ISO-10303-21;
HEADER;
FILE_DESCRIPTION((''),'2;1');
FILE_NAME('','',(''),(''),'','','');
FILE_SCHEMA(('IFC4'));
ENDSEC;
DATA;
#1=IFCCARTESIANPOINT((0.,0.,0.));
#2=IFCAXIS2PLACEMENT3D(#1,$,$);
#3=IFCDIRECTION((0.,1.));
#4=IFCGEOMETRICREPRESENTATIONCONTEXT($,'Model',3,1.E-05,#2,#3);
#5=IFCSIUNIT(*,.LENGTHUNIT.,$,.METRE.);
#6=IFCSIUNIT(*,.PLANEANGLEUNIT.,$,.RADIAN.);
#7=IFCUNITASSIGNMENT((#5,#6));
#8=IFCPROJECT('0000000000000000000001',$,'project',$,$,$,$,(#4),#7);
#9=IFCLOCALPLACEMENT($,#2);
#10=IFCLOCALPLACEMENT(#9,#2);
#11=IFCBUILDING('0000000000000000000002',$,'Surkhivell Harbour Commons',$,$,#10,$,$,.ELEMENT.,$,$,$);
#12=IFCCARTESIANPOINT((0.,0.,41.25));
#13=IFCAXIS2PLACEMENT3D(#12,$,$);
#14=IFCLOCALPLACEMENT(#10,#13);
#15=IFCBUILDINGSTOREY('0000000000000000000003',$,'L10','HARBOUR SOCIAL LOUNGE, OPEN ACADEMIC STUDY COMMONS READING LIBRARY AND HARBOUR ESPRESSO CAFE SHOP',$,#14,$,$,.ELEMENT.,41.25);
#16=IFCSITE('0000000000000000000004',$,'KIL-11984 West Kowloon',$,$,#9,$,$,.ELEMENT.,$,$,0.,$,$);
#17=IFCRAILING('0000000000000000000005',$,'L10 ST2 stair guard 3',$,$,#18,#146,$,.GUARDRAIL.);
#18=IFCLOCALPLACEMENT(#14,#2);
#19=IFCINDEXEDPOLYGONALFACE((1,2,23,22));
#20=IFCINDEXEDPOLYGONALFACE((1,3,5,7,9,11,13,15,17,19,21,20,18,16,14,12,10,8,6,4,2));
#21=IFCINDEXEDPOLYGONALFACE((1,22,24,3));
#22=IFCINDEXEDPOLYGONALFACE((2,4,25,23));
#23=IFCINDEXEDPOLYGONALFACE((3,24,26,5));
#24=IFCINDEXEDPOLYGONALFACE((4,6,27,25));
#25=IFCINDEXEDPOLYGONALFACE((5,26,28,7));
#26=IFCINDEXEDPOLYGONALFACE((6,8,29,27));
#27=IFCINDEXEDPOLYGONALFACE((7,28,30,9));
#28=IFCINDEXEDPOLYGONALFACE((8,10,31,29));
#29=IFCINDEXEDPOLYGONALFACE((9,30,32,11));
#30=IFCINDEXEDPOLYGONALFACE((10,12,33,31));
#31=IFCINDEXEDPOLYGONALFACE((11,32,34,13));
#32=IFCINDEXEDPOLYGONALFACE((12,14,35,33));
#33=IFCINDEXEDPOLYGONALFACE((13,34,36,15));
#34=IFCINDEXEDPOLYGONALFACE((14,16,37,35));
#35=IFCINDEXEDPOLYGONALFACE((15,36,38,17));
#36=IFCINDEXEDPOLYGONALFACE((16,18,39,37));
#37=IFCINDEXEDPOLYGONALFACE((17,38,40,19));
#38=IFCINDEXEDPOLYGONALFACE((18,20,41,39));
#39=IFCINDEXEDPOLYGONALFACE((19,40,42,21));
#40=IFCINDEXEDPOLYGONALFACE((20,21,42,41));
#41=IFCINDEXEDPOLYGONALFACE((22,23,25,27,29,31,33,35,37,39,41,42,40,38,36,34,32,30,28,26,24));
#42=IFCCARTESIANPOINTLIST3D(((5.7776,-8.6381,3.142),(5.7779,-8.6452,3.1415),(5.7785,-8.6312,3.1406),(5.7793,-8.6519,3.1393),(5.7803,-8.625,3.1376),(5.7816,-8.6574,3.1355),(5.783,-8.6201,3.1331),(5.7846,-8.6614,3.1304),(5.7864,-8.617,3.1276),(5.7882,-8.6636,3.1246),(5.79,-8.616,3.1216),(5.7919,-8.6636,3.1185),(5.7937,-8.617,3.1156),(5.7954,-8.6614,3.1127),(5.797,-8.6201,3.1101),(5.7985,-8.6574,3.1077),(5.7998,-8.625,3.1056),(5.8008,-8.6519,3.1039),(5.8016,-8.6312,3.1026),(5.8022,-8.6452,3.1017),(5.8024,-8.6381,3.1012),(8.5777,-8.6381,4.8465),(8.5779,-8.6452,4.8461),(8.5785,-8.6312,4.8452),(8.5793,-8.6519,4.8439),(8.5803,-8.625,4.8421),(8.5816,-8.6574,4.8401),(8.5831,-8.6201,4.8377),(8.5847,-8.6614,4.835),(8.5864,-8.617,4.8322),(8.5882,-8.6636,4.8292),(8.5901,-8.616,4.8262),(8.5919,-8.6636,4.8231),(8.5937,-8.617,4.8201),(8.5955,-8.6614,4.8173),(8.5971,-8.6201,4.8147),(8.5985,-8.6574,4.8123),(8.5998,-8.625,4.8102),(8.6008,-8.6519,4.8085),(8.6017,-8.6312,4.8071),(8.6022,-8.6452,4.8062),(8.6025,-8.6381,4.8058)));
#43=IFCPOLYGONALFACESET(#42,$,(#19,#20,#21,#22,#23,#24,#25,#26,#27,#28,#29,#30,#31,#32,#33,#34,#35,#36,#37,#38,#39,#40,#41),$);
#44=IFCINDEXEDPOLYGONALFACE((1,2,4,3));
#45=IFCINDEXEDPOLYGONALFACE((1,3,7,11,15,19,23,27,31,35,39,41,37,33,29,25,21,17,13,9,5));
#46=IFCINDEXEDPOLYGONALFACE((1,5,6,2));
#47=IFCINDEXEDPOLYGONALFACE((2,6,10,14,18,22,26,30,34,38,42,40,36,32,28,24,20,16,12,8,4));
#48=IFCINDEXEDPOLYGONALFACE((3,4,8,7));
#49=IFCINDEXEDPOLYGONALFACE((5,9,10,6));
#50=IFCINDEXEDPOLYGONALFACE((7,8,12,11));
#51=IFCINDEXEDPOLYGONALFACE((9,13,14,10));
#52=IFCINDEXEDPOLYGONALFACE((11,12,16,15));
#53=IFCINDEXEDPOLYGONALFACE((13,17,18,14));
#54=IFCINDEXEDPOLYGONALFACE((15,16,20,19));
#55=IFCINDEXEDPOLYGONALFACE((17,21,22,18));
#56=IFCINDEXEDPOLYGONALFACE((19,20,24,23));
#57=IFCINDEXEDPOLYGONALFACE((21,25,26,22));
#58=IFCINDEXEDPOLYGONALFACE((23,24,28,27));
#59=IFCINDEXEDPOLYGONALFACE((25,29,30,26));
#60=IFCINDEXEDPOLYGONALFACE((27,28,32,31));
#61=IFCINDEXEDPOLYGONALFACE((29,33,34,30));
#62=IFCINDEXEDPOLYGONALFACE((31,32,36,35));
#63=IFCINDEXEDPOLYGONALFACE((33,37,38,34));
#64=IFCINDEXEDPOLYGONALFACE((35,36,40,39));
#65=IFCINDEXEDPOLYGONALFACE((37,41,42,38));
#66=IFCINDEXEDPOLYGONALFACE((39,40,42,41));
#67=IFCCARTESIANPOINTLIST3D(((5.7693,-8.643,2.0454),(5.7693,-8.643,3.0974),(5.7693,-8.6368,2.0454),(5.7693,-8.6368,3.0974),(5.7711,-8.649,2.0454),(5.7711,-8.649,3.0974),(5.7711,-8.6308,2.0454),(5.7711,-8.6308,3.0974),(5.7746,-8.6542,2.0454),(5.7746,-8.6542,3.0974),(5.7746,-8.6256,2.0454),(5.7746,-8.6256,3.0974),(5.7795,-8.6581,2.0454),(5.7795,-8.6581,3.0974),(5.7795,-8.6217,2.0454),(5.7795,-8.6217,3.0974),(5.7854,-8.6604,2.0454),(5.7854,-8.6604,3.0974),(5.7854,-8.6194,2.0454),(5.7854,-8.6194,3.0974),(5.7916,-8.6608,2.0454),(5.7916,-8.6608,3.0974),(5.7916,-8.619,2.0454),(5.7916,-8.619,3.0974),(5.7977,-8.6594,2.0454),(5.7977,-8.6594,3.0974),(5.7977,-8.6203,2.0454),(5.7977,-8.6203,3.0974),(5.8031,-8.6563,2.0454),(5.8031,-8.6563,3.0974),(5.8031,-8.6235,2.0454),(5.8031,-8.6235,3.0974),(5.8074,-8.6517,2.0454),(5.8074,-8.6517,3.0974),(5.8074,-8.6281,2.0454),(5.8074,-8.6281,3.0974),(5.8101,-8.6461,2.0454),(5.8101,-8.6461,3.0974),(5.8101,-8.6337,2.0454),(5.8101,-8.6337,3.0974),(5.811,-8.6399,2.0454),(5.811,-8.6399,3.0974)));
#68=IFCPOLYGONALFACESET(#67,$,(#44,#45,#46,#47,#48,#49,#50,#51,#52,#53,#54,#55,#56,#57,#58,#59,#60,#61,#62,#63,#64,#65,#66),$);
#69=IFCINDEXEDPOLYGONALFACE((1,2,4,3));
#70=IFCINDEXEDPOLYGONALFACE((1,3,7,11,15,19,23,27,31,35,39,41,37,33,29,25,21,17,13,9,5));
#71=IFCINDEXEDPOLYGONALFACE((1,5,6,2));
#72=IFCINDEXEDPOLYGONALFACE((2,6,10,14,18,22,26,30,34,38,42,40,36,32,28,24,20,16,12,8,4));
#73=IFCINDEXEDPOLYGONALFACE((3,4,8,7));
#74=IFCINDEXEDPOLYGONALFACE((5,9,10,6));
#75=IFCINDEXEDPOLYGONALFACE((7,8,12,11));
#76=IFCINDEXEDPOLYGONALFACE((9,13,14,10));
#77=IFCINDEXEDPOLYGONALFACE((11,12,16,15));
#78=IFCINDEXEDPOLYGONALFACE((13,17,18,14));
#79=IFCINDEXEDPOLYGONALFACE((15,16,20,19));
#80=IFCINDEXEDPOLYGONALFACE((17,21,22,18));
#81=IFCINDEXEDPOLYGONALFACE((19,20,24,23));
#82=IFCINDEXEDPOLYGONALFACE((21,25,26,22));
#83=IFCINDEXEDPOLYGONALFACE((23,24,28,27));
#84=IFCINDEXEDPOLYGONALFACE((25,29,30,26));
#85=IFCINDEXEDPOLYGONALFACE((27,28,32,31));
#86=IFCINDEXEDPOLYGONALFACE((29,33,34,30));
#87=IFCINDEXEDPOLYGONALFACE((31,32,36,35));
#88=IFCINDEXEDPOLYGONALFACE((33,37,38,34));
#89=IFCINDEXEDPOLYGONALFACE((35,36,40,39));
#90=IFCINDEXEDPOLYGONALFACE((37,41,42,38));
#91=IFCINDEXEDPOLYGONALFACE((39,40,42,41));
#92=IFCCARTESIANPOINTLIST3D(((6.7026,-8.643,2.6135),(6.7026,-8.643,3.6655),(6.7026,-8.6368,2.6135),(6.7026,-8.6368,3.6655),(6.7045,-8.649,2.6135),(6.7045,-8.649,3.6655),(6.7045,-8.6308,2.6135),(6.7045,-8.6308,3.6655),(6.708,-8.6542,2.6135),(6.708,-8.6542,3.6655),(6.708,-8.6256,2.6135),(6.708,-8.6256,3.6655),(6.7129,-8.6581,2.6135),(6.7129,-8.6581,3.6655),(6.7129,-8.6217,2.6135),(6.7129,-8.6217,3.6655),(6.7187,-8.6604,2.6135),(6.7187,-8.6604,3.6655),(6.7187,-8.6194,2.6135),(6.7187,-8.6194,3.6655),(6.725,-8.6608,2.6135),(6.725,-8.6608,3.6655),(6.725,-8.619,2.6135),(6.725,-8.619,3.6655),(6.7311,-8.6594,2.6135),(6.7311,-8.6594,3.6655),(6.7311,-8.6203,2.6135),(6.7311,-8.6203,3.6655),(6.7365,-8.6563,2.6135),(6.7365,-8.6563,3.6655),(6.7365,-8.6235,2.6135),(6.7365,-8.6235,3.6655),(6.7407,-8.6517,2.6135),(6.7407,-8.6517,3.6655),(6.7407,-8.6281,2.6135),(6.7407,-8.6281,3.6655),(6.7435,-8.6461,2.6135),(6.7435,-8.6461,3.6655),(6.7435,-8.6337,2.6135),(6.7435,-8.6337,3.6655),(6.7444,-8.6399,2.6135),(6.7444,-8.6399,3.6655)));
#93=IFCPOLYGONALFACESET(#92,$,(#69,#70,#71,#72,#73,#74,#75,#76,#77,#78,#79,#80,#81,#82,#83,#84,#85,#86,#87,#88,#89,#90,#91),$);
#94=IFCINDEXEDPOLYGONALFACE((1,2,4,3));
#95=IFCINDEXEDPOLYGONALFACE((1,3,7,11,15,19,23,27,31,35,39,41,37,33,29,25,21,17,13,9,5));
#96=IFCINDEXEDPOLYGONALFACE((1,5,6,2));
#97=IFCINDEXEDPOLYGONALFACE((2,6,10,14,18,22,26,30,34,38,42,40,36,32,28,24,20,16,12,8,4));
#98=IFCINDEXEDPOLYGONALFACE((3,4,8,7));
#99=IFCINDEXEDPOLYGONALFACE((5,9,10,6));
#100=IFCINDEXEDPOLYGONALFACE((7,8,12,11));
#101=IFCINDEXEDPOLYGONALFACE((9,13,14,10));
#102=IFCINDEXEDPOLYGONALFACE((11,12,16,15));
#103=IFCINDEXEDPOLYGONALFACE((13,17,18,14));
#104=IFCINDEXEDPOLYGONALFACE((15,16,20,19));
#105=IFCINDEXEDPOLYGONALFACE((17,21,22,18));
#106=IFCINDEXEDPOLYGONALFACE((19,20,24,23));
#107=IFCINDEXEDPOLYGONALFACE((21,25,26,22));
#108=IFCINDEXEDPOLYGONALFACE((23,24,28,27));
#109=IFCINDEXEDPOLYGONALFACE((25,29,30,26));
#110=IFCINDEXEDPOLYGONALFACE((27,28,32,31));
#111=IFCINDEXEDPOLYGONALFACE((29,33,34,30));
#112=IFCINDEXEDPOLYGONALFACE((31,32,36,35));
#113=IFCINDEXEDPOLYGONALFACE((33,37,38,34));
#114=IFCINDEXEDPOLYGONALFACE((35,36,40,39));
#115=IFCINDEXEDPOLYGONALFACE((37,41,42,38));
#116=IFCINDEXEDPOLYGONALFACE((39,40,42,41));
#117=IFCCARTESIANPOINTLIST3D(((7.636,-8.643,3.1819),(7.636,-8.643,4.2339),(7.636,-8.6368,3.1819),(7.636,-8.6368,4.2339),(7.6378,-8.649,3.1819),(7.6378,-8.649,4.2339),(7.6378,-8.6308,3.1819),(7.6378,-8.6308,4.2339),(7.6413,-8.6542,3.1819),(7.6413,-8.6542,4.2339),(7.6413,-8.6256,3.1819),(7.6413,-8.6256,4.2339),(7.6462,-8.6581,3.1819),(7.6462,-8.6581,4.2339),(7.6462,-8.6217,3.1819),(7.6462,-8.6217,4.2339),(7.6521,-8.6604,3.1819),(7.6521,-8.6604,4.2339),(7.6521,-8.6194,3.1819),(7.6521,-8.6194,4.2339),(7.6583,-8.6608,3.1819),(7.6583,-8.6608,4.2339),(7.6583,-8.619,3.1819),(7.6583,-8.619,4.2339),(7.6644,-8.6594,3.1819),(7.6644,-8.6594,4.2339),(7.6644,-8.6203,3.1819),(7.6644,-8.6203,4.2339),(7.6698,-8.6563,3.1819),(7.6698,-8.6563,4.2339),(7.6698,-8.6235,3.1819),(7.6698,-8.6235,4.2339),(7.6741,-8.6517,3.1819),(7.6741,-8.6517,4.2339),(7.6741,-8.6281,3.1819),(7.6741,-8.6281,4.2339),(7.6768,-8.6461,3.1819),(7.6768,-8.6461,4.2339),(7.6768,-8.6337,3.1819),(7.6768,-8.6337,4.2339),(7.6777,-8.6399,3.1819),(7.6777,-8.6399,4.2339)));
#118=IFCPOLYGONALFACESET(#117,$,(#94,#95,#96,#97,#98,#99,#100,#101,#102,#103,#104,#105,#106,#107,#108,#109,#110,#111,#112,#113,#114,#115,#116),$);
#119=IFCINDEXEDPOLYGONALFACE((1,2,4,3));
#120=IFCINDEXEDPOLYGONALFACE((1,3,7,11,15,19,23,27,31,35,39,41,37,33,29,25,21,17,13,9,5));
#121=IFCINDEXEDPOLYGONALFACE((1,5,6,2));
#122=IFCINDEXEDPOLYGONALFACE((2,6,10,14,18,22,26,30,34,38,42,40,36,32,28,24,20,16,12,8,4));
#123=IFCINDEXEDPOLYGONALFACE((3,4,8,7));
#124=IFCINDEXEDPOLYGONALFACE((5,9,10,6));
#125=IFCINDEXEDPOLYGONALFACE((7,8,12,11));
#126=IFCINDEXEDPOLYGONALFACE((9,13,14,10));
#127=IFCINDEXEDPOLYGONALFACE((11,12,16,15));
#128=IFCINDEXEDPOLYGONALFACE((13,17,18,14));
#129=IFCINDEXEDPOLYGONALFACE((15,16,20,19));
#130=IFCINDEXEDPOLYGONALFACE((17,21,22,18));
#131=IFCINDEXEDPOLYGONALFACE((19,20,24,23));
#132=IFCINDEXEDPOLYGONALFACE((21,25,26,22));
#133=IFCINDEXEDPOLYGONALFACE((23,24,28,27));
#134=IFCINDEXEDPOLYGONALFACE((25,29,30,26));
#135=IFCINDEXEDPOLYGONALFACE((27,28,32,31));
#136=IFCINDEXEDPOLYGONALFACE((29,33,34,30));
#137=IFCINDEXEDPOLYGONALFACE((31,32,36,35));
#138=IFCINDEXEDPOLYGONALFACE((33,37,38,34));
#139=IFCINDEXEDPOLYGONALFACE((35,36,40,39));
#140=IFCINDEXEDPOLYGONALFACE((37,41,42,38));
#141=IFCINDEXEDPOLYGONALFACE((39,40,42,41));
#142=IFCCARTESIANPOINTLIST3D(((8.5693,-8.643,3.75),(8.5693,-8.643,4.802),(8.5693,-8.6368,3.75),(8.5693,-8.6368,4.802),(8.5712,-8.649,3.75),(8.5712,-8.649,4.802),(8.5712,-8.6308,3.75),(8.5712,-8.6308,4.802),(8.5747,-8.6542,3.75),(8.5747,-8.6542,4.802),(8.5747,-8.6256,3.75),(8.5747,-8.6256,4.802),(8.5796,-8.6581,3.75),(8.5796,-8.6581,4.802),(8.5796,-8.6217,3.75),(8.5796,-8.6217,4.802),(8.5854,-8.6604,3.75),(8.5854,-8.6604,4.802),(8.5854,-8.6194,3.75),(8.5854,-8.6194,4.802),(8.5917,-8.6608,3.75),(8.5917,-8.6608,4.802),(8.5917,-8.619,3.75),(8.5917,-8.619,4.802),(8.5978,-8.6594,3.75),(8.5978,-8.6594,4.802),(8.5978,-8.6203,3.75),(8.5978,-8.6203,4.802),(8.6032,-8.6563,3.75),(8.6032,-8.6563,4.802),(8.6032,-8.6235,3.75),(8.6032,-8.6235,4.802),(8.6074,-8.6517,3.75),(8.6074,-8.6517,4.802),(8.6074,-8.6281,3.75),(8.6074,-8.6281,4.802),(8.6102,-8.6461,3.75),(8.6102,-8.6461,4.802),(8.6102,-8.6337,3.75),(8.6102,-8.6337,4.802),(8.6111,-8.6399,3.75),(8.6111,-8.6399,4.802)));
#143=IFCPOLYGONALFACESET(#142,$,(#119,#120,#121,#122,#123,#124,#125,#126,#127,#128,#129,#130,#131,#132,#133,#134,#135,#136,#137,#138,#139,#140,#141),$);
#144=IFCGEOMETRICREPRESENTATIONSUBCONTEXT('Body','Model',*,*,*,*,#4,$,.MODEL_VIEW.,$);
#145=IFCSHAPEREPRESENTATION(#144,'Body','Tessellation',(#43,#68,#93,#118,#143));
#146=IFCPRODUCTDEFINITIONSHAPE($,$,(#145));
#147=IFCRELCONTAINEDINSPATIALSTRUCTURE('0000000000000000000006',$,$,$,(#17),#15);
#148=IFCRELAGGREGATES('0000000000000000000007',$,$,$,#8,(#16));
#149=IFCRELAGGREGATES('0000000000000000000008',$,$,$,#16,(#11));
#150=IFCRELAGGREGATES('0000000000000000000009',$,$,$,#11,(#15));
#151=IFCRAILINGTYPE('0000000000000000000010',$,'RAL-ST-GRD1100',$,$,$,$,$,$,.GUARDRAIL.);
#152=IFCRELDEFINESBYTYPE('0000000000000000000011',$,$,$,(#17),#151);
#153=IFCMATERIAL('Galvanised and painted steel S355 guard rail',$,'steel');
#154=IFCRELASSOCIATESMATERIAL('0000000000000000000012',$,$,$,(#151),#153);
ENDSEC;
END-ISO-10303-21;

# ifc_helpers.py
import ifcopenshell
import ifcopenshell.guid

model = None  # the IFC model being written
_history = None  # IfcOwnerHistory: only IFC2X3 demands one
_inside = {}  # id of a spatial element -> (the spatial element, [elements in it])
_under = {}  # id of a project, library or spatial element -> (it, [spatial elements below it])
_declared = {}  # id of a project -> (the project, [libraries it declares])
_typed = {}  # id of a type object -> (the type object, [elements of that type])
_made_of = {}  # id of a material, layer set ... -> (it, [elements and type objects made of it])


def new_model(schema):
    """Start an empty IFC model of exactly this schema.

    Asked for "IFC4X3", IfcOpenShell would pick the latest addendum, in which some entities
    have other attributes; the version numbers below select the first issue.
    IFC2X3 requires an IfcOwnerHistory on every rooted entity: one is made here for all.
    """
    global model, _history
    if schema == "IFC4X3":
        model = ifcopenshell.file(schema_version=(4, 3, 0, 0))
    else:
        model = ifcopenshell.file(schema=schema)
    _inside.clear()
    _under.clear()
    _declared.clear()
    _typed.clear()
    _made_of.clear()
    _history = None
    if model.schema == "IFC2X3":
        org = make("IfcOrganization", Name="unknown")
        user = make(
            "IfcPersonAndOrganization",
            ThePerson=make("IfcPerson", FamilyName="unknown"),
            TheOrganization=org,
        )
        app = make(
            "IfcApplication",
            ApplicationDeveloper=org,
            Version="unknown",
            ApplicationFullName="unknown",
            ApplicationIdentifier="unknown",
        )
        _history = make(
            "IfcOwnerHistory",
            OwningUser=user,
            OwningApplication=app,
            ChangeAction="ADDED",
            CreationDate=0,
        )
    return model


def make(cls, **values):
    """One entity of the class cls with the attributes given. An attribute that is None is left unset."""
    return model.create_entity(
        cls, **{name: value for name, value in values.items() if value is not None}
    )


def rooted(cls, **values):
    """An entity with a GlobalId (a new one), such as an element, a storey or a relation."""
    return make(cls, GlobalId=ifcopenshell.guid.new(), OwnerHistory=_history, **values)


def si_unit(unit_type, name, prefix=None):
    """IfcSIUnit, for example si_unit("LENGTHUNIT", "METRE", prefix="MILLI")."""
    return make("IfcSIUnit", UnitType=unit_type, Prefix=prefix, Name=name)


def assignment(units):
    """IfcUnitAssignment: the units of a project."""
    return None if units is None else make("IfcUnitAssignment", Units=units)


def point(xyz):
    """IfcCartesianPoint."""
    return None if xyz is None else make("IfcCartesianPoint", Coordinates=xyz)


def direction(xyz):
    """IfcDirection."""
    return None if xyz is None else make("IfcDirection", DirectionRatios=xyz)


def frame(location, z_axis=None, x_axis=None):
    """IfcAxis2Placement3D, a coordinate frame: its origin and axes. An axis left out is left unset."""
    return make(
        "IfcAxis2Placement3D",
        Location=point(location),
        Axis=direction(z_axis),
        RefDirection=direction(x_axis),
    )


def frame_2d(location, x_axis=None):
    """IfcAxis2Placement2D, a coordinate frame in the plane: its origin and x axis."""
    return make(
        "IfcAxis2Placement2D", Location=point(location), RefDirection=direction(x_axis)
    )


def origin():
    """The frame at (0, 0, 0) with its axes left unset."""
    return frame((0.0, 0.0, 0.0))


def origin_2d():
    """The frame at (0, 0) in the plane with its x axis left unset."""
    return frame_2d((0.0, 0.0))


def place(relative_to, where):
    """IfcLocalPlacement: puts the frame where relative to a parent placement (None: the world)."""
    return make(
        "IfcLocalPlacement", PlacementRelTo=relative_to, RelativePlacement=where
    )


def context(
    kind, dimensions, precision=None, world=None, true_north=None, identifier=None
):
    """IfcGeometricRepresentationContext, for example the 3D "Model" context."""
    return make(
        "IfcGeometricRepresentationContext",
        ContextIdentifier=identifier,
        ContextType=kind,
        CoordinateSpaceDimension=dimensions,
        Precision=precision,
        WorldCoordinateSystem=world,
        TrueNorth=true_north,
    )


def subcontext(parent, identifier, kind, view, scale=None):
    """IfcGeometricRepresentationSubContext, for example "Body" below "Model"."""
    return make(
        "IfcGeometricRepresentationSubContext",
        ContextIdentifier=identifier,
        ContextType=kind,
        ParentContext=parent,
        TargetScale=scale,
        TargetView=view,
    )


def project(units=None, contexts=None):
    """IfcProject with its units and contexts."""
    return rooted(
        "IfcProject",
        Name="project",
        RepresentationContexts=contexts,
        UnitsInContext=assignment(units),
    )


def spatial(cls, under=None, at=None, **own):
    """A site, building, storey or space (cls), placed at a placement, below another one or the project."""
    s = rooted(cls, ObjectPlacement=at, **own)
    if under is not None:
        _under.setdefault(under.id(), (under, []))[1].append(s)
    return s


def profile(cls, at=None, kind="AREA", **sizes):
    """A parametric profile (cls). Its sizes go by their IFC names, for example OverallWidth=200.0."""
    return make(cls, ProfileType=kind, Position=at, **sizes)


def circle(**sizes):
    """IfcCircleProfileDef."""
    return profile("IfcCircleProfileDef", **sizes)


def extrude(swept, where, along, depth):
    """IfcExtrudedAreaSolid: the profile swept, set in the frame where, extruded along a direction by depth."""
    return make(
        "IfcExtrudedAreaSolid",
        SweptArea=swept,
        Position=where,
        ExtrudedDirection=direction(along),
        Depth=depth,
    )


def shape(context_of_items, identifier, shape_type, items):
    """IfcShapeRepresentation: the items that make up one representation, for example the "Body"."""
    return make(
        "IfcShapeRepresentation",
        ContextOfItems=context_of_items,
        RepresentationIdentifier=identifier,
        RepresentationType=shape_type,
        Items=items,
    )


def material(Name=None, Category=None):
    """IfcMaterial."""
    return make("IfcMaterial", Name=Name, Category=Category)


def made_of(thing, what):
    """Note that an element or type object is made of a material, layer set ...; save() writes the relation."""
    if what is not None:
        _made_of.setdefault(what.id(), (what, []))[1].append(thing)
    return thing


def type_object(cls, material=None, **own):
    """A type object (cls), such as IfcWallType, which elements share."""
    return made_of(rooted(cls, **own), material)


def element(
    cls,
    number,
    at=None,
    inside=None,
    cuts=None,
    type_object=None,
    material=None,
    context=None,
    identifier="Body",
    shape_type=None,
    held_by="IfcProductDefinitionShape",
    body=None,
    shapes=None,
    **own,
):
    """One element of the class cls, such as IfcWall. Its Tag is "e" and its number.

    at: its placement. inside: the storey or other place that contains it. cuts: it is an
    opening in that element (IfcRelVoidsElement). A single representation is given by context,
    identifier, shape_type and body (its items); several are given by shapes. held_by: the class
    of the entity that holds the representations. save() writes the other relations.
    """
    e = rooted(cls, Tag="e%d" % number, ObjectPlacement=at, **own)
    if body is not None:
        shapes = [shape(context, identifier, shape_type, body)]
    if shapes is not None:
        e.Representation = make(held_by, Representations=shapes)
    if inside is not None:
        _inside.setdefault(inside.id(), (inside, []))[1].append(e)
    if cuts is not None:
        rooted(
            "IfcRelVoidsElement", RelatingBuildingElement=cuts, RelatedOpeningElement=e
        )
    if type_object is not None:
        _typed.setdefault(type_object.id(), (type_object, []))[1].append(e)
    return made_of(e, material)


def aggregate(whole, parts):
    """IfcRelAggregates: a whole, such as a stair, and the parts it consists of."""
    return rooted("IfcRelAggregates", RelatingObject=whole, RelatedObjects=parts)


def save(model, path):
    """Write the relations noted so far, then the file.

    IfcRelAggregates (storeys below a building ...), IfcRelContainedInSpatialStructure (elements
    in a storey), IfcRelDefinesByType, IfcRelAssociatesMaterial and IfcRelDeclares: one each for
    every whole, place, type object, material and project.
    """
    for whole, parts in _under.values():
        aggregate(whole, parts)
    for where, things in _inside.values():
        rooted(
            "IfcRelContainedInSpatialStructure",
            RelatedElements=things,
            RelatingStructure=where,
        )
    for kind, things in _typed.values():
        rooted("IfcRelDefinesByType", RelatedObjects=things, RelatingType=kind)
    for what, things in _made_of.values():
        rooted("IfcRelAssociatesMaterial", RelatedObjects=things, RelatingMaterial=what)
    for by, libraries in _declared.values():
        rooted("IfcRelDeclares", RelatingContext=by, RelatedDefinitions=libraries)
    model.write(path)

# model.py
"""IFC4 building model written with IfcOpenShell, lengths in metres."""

from ifc_helpers import new_model, si_unit, direction, frame, origin, origin_2d, place, context, subcontext, project, spatial, circle, extrude, material, type_object, element, save


model = new_model("IFC4")

# Units and contexts
model_context = context("Model", 3, precision=1e-05, world=origin(), true_north=direction((0.0, 1.0)))
body_context = subcontext(model_context, "Body", "Model", "MODEL_VIEW")
ifc_project = project(units=[si_unit("LENGTHUNIT", "METRE"), si_unit("PLANEANGLEUNIT", "RADIAN")], contexts=[model_context])

# Site, building, storey
site_placement = place(None, origin())
site = spatial("IfcSite", under=ifc_project, at=site_placement, Name="KIL-11984 West Kowloon", CompositionType="ELEMENT", RefElevation=0.0)
building_placement = place(site_placement, origin())
building = spatial("IfcBuilding", under=site, at=building_placement, Name="Surkhivell Harbour Commons", CompositionType="ELEMENT")
storey_placement = place(building_placement, frame((0.0, 0.0, 41.25)))
storey = spatial("IfcBuildingStorey", under=building, at=storey_placement, Name="L10", Description="HARBOUR SOCIAL LOUNGE, OPEN ACADEMIC STUDY COMMONS READING LIBRARY AND HARBOUR ESPRESSO CAFE SHOP", CompositionType="ELEMENT", Elevation=41.25)

# Railing
ifc_material_1 = material(Name="Galvanised and painted steel S355 guard rail", Category="steel")
railing_type_1 = type_object("IfcRailingType", Name="RAL-ST-GRD1100", PredefinedType="GUARDRAIL", material=ifc_material_1)
railing_1_placement = place(storey_placement, frame((5.79, -8.6399, 2.0454)))
element("IfcRailing", 1, at=railing_1_placement, inside=storey, type_object=railing_type_1, Name="L10 ST2 stair guard 3", PredefinedType="GUARDRAIL", context=body_context, shape_type="SweptSolid", body=[
    extrude(circle(Radius=0.0239, at=origin_2d()), frame((0.0, 0.0, 1.0762), z_axis=(0.85417, 0.0, 0.519994), x_axis=(0.0, 1.0, 0.0)), (0.0, 0.0, 1.0), 3.2781),
    extrude(circle(Radius=0.021, at=origin_2d()), origin(), (0.0, 0.0, 1.0), 1.052),
    extrude(circle(Radius=0.021, at=origin_2d()), frame((0.9333, 0.0, 0.5681)), (0.0, 0.0, 1.0), 1.052),
    extrude(circle(Radius=0.021, at=origin_2d()), frame((1.8667, 0.0, 1.1365)), (0.0, 0.0, 1.0), 1.052),
    extrude(circle(Radius=0.021, at=origin_2d()), frame((2.8, 0.0, 1.7046)), (0.0, 0.0, 1.0), 1.052),
])

save(model, "model.ifc")
